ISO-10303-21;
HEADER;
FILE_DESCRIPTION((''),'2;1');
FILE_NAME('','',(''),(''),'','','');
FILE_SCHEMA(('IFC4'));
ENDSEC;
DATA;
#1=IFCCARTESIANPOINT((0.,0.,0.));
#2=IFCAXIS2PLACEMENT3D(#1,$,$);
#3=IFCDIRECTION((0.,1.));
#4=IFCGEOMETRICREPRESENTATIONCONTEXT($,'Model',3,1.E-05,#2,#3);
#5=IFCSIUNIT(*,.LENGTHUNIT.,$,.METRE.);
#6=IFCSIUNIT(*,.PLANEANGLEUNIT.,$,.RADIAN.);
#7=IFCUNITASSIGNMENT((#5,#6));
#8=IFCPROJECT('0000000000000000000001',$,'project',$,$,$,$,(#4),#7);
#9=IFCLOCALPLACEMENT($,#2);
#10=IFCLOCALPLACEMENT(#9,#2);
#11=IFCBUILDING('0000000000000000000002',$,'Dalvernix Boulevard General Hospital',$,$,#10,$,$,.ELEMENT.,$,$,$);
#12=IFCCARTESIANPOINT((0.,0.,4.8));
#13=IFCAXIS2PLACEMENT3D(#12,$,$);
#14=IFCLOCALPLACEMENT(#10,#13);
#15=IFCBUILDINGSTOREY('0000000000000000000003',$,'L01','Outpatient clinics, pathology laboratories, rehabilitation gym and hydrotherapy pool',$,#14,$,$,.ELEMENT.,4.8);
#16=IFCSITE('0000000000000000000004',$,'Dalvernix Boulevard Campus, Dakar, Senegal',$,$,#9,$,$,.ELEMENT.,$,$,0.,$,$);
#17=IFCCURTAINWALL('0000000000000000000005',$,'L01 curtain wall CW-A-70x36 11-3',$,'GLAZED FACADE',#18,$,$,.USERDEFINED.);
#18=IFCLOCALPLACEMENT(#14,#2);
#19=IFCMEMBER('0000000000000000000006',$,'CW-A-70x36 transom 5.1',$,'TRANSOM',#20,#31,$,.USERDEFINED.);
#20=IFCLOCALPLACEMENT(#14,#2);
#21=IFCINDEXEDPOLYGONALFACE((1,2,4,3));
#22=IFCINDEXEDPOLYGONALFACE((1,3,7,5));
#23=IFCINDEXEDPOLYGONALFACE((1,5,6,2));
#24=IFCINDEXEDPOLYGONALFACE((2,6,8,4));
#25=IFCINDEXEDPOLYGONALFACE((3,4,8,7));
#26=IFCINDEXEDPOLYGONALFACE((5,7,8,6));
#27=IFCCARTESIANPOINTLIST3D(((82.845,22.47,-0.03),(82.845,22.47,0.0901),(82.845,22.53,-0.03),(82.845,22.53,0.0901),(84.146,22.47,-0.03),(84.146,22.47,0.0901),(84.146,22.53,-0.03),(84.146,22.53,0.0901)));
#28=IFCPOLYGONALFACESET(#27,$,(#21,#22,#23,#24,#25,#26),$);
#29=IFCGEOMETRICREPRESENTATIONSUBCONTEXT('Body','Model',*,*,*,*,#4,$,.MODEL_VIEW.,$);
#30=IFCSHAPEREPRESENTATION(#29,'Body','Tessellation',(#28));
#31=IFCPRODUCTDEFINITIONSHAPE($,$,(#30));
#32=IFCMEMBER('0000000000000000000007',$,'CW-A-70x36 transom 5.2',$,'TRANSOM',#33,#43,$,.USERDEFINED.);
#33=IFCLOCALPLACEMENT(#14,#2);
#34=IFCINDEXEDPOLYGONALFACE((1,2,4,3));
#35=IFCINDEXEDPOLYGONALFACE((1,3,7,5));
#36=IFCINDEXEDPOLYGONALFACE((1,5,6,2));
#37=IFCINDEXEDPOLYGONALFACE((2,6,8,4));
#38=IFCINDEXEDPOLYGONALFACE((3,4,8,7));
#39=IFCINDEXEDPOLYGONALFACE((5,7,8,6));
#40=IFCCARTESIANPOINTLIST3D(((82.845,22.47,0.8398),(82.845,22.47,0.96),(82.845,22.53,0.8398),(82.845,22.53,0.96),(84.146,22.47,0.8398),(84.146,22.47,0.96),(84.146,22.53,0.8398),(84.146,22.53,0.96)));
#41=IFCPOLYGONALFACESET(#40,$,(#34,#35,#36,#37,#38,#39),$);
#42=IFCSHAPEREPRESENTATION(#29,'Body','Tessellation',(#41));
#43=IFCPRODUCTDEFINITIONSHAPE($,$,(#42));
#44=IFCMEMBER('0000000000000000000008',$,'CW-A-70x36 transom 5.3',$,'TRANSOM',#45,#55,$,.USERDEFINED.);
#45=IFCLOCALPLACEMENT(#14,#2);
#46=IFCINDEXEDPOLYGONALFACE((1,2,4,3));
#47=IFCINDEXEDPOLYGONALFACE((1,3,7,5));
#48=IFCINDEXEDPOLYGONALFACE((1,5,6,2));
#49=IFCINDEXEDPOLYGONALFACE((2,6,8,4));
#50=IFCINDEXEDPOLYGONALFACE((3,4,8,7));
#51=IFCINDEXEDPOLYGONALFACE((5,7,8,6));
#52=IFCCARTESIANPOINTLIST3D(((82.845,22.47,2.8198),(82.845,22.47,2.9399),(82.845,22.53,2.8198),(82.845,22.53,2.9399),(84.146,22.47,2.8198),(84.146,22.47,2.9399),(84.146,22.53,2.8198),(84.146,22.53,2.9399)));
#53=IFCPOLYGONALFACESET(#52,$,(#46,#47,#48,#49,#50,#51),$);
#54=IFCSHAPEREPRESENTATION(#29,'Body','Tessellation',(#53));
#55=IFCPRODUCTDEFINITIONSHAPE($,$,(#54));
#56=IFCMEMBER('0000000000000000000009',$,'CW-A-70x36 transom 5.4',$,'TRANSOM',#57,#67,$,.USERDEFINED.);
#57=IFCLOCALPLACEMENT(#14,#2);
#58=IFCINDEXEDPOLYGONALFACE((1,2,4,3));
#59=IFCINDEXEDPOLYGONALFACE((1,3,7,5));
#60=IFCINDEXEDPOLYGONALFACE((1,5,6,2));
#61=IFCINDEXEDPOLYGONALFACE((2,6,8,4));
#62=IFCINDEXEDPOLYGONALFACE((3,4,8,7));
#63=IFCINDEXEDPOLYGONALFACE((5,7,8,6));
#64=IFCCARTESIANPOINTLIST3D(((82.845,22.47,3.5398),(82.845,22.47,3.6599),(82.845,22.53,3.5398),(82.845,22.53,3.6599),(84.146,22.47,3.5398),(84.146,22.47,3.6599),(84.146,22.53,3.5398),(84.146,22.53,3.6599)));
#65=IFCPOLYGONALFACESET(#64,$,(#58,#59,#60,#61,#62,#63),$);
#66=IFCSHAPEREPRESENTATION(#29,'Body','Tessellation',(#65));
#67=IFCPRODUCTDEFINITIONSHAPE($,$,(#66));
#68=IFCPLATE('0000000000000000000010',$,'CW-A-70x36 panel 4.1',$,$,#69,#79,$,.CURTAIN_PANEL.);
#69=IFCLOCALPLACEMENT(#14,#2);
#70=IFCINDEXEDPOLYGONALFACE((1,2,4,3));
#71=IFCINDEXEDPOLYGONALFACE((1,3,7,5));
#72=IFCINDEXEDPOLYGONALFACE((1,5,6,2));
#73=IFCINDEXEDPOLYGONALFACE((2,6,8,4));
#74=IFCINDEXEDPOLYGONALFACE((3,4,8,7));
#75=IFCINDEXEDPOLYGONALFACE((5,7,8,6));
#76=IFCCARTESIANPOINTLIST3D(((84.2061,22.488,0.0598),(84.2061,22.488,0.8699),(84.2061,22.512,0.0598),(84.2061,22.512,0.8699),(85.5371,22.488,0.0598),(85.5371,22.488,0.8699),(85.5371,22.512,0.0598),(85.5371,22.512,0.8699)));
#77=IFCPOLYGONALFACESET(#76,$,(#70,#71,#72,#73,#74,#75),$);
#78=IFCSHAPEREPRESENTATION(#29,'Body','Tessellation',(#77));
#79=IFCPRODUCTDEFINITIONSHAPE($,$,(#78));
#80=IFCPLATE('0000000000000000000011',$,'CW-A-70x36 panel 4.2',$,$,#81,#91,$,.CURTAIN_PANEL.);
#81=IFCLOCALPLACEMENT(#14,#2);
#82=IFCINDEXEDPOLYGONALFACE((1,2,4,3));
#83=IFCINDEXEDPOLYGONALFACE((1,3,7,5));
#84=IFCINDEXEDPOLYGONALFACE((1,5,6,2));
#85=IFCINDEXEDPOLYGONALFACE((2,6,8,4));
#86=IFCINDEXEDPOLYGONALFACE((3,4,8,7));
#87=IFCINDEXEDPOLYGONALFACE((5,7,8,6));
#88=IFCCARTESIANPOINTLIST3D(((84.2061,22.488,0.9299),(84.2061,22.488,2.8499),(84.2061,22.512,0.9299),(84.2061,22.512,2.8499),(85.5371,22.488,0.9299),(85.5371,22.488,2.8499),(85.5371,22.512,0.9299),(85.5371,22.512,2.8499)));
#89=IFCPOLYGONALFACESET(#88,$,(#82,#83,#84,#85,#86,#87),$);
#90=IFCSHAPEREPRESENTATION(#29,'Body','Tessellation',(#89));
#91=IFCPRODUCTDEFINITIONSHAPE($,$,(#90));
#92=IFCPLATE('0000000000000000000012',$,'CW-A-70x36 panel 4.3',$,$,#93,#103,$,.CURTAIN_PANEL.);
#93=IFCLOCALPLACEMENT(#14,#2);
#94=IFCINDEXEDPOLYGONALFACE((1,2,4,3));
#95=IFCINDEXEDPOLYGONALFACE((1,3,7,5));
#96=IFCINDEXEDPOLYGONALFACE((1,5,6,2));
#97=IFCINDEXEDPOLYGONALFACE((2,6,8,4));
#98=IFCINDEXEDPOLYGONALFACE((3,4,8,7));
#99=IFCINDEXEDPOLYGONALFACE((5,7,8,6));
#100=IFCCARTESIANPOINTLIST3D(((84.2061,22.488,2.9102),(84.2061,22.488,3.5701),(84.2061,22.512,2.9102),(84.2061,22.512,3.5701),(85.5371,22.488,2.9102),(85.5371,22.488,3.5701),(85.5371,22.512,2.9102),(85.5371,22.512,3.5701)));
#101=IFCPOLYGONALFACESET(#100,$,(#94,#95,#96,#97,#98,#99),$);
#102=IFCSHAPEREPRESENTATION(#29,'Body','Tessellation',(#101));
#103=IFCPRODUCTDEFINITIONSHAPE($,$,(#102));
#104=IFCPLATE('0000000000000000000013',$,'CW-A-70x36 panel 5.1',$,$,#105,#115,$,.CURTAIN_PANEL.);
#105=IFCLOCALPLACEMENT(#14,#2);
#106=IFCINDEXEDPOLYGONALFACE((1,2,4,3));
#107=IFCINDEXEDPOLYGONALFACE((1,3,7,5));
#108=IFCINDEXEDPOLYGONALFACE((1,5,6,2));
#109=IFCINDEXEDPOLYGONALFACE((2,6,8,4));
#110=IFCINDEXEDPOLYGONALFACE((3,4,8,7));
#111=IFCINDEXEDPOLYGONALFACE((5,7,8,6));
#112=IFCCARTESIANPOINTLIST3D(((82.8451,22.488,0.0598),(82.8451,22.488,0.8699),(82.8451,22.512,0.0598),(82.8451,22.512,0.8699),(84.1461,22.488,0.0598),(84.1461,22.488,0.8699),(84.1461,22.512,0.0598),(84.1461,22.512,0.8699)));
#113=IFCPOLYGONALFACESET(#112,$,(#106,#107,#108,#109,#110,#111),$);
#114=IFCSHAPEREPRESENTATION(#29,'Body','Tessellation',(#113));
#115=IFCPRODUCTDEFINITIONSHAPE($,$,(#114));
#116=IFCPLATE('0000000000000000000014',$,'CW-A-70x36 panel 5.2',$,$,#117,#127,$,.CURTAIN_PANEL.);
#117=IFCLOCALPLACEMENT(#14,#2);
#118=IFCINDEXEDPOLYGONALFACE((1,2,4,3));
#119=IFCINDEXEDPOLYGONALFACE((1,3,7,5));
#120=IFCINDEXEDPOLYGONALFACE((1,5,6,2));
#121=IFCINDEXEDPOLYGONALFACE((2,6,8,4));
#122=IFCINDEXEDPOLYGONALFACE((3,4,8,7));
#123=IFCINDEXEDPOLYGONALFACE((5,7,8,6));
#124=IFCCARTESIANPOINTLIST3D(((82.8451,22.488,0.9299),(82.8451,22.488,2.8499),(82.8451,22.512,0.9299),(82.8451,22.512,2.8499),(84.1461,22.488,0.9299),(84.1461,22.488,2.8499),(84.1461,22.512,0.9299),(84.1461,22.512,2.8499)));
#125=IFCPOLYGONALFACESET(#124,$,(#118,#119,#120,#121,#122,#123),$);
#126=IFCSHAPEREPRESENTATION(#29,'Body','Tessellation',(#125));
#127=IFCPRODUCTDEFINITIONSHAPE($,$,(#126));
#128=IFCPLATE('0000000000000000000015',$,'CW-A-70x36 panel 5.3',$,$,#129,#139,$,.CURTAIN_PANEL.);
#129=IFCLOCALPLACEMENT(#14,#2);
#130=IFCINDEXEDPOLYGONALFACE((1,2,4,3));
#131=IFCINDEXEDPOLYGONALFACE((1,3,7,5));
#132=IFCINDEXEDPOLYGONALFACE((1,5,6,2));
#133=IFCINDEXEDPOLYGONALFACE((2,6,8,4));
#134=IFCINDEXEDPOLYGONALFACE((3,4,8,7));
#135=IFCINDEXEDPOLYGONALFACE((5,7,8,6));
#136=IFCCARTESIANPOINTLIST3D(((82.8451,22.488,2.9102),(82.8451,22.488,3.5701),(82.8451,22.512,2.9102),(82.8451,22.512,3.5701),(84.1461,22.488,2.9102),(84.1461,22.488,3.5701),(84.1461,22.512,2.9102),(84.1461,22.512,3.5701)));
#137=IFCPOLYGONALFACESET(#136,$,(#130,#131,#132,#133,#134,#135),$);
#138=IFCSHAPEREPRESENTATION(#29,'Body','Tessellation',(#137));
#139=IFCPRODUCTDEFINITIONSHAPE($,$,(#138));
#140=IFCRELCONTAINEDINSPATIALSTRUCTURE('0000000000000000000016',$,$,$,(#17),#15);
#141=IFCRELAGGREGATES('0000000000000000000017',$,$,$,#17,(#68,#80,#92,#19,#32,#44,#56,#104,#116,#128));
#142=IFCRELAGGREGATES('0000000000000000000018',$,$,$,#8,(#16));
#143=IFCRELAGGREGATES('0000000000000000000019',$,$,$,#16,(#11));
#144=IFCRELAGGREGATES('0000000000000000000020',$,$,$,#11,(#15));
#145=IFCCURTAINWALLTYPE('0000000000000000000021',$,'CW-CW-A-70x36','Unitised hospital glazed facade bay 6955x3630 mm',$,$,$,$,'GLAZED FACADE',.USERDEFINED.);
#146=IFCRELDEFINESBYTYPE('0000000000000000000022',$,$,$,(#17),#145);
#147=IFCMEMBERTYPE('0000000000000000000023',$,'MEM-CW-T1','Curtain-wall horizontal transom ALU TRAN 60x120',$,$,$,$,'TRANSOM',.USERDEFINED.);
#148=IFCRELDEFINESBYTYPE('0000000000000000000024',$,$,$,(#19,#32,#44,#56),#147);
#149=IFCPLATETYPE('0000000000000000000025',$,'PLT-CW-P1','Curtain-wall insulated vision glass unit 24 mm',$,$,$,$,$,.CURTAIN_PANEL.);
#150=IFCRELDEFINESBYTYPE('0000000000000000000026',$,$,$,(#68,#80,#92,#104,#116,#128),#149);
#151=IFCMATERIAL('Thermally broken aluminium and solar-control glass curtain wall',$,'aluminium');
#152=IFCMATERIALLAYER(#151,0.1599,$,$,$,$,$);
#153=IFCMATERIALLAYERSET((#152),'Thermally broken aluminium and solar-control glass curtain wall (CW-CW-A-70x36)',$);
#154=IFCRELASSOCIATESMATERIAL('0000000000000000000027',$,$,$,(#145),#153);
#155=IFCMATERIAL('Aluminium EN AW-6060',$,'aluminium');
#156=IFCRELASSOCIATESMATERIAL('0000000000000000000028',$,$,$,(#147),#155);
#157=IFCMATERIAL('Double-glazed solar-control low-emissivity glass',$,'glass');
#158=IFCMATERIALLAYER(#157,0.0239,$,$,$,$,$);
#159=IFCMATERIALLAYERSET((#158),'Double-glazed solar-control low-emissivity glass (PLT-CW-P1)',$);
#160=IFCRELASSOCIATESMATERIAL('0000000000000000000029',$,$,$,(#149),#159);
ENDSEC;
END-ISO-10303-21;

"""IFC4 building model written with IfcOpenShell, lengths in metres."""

from ifc_helpers import new_model, si_unit, direction, frame, origin, origin_2d, place, context, subcontext, project, spatial, rectangle, extrude, material, layer, layer_set, material_profile, profile_set, type_object, element, aggregate, save


model = new_model("IFC4")

# Units and contexts
model_context = context("Model", 3, precision=1e-05, world=origin(), true_north=direction((0.0, 1.0)))
body_context = subcontext(model_context, "Body", "Model", "MODEL_VIEW")
ifc_project = project(units=[si_unit("LENGTHUNIT", "METRE"), si_unit("PLANEANGLEUNIT", "RADIAN")], contexts=[model_context])

# Site, building, storey
site_placement = place(None, origin())
site = spatial("IfcSite", under=ifc_project, at=site_placement, Name="Dalvernix Boulevard Campus, Dakar, Senegal", CompositionType="ELEMENT", RefElevation=0.0)
building_placement = place(site_placement, origin())
building = spatial("IfcBuilding", under=site, at=building_placement, Name="Dalvernix Boulevard General Hospital", CompositionType="ELEMENT")
storey_placement = place(building_placement, frame((0.0, 0.0, 4.8)))
storey = spatial("IfcBuildingStorey", under=building, at=storey_placement, Name="L01", Description="Outpatient clinics, pathology laboratories, rehabilitation gym and hydrotherapy pool", CompositionType="ELEMENT", Elevation=4.8)

# Curtain wall, members, plates
ifc_material_1 = material(Name="Thermally broken aluminium and solar-control glass curtain wall", Category="aluminium")
ifc_layer_1 = layer(ifc_material_1, 0.1599)
ifc_layer_set_1 = layer_set([ifc_layer_1], Name="Thermally broken aluminium and solar-control glass curtain wall (CW-CW-A-70x36)")
curtain_wall_type = type_object("IfcCurtainWallType", Name="CW-CW-A-70x36", Description="Unitised hospital glazed facade bay 6955x3630 mm", ElementType="GLAZED FACADE", PredefinedType="USERDEFINED", material=ifc_layer_set_1)
curtain_wall_placement = place(storey_placement, origin())
curtain_wall = element("IfcCurtainWall", 1, at=curtain_wall_placement, inside=storey, type_object=curtain_wall_type, Name="L01 curtain wall CW-A-70x36 11-3", ObjectType="GLAZED FACADE", PredefinedType="USERDEFINED")
ifc_material_2 = material(Name="Aluminium EN AW-6060", Category="aluminium")
ifc_material_profile_1 = material_profile(ifc_material_2, rectangle(XDim=0.0601, YDim=0.1201, at=origin_2d()), Name="ALU TRAN 60x120")
ifc_profile_set_1 = profile_set([ifc_material_profile_1], Name="Aluminium EN AW-6060")
member_type_1 = type_object("IfcMemberType", Name="MEM-CW-T1", Description="Curtain-wall horizontal transom ALU TRAN 60x120", ElementType="TRANSOM", PredefinedType="USERDEFINED", material=ifc_profile_set_1)
member_1_placement = place(storey_placement, frame((84.146, 22.5, 0.03), z_axis=(-1.0, 0.0, 0.0), x_axis=(0.0, -1.0, 0.0)))
member_1 = element("IfcMember", 2, at=member_1_placement, type_object=member_type_1, Name="CW-A-70x36 transom 5.1", ObjectType="TRANSOM", PredefinedType="USERDEFINED", context=body_context, shape_type="SweptSolid", body=[
    extrude(rectangle(XDim=0.0601, YDim=0.1201, at=origin_2d()), origin(), (0.0, 0.0, 1.0), 1.301),
])
member_2_placement = place(storey_placement, frame((84.146, 22.5, 0.8999), z_axis=(-1.0, 0.0, 0.0), x_axis=(0.0, -1.0, 0.0)))
member_2 = element("IfcMember", 3, at=member_2_placement, type_object=member_type_1, Name="CW-A-70x36 transom 5.2", ObjectType="TRANSOM", PredefinedType="USERDEFINED", context=body_context, shape_type="SweptSolid", body=[
    extrude(rectangle(XDim=0.0601, YDim=0.1201, at=origin_2d()), origin(), (0.0, 0.0, 1.0), 1.301),
])
member_3_placement = place(storey_placement, frame((84.146, 22.5, 2.8799), z_axis=(-1.0, 0.0, 0.0), x_axis=(0.0, -1.0, 0.0)))
member_3 = element("IfcMember", 4, at=member_3_placement, type_object=member_type_1, Name="CW-A-70x36 transom 5.3", ObjectType="TRANSOM", PredefinedType="USERDEFINED", context=body_context, shape_type="SweptSolid", body=[
    extrude(rectangle(XDim=0.0601, YDim=0.1201, at=origin_2d()), origin(), (0.0, 0.0, 1.0), 1.301),
])
member_4_placement = place(storey_placement, frame((84.146, 22.5, 3.5999), z_axis=(-1.0, 0.0, 0.0), x_axis=(0.0, -1.0, 0.0)))
member_4 = element("IfcMember", 5, at=member_4_placement, type_object=member_type_1, Name="CW-A-70x36 transom 5.4", ObjectType="TRANSOM", PredefinedType="USERDEFINED", context=body_context, shape_type="SweptSolid", body=[
    extrude(rectangle(XDim=0.0601, YDim=0.1201, at=origin_2d()), origin(), (0.0, 0.0, 1.0), 1.301),
])
ifc_material_3 = material(Name="Double-glazed solar-control low-emissivity glass", Category="glass")
ifc_layer_2 = layer(ifc_material_3, 0.0239)
ifc_layer_set_2 = layer_set([ifc_layer_2], Name="Double-glazed solar-control low-emissivity glass (PLT-CW-P1)")
plate_type = type_object("IfcPlateType", Name="PLT-CW-P1", Description="Curtain-wall insulated vision glass unit 24 mm", PredefinedType="CURTAIN_PANEL", material=ifc_layer_set_2)
plate_1_placement = place(storey_placement, frame((84.8716, 22.5, 0.0598), z_axis=(0.0, 0.0, 1.0), x_axis=(-1.0, 0.0, 0.0)))
plate_1 = element("IfcPlate", 6, at=plate_1_placement, type_object=plate_type, Name="CW-A-70x36 panel 4.1", PredefinedType="CURTAIN_PANEL", context=body_context, shape_type="SweptSolid", body=[
    extrude(rectangle(XDim=1.3311, YDim=0.0239, at=origin_2d()), origin(), (0.0, 0.0, 1.0), 0.8101),
])
plate_2_placement = place(storey_placement, frame((84.8716, 22.5, 0.9299), z_axis=(0.0, 0.0, 1.0), x_axis=(-1.0, 0.0, 0.0)))
plate_2 = element("IfcPlate", 7, at=plate_2_placement, type_object=plate_type, Name="CW-A-70x36 panel 4.2", PredefinedType="CURTAIN_PANEL", context=body_context, shape_type="SweptSolid", body=[
    extrude(rectangle(XDim=1.3311, YDim=0.0239, at=origin_2d()), origin(), (0.0, 0.0, 1.0), 1.9199),
])
plate_3_placement = place(storey_placement, frame((84.8716, 22.5, 2.9102), z_axis=(0.0, 0.0, 1.0), x_axis=(-1.0, 0.0, 0.0)))
plate_3 = element("IfcPlate", 8, at=plate_3_placement, type_object=plate_type, Name="CW-A-70x36 panel 4.3", PredefinedType="CURTAIN_PANEL", context=body_context, shape_type="SweptSolid", body=[
    extrude(rectangle(XDim=1.3311, YDim=0.0239, at=origin_2d()), origin(), (0.0, 0.0, 1.0), 0.6599),
])
plate_4_placement = place(storey_placement, frame((83.4956, 22.5, 0.0598), z_axis=(0.0, 0.0, 1.0), x_axis=(-1.0, 0.0, 0.0)))
plate_4 = element("IfcPlate", 9, at=plate_4_placement, type_object=plate_type, Name="CW-A-70x36 panel 5.1", PredefinedType="CURTAIN_PANEL", context=body_context, shape_type="SweptSolid", body=[
    extrude(rectangle(XDim=1.301, YDim=0.0239, at=origin_2d()), origin(), (0.0, 0.0, 1.0), 0.8101),
])
plate_5_placement = place(storey_placement, frame((83.4956, 22.5, 0.9299), z_axis=(0.0, 0.0, 1.0), x_axis=(-1.0, 0.0, 0.0)))
plate_5 = element("IfcPlate", 10, at=plate_5_placement, type_object=plate_type, Name="CW-A-70x36 panel 5.2", PredefinedType="CURTAIN_PANEL", context=body_context, shape_type="SweptSolid", body=[
    extrude(rectangle(XDim=1.301, YDim=0.0239, at=origin_2d()), origin(), (0.0, 0.0, 1.0), 1.9199),
])
plate_6_placement = place(storey_placement, frame((83.4956, 22.5, 2.9102), z_axis=(0.0, 0.0, 1.0), x_axis=(-1.0, 0.0, 0.0)))
plate_6 = element("IfcPlate", 11, at=plate_6_placement, type_object=plate_type, Name="CW-A-70x36 panel 5.3", PredefinedType="CURTAIN_PANEL", context=body_context, shape_type="SweptSolid", body=[
    extrude(rectangle(XDim=1.301, YDim=0.0239, at=origin_2d()), origin(), (0.0, 0.0, 1.0), 0.6599),
])
aggregate(curtain_wall, [plate_1, plate_2, plate_3, member_1, member_2, member_3, member_4, plate_4, plate_5, plate_6])

save(model, "model.ifc")
